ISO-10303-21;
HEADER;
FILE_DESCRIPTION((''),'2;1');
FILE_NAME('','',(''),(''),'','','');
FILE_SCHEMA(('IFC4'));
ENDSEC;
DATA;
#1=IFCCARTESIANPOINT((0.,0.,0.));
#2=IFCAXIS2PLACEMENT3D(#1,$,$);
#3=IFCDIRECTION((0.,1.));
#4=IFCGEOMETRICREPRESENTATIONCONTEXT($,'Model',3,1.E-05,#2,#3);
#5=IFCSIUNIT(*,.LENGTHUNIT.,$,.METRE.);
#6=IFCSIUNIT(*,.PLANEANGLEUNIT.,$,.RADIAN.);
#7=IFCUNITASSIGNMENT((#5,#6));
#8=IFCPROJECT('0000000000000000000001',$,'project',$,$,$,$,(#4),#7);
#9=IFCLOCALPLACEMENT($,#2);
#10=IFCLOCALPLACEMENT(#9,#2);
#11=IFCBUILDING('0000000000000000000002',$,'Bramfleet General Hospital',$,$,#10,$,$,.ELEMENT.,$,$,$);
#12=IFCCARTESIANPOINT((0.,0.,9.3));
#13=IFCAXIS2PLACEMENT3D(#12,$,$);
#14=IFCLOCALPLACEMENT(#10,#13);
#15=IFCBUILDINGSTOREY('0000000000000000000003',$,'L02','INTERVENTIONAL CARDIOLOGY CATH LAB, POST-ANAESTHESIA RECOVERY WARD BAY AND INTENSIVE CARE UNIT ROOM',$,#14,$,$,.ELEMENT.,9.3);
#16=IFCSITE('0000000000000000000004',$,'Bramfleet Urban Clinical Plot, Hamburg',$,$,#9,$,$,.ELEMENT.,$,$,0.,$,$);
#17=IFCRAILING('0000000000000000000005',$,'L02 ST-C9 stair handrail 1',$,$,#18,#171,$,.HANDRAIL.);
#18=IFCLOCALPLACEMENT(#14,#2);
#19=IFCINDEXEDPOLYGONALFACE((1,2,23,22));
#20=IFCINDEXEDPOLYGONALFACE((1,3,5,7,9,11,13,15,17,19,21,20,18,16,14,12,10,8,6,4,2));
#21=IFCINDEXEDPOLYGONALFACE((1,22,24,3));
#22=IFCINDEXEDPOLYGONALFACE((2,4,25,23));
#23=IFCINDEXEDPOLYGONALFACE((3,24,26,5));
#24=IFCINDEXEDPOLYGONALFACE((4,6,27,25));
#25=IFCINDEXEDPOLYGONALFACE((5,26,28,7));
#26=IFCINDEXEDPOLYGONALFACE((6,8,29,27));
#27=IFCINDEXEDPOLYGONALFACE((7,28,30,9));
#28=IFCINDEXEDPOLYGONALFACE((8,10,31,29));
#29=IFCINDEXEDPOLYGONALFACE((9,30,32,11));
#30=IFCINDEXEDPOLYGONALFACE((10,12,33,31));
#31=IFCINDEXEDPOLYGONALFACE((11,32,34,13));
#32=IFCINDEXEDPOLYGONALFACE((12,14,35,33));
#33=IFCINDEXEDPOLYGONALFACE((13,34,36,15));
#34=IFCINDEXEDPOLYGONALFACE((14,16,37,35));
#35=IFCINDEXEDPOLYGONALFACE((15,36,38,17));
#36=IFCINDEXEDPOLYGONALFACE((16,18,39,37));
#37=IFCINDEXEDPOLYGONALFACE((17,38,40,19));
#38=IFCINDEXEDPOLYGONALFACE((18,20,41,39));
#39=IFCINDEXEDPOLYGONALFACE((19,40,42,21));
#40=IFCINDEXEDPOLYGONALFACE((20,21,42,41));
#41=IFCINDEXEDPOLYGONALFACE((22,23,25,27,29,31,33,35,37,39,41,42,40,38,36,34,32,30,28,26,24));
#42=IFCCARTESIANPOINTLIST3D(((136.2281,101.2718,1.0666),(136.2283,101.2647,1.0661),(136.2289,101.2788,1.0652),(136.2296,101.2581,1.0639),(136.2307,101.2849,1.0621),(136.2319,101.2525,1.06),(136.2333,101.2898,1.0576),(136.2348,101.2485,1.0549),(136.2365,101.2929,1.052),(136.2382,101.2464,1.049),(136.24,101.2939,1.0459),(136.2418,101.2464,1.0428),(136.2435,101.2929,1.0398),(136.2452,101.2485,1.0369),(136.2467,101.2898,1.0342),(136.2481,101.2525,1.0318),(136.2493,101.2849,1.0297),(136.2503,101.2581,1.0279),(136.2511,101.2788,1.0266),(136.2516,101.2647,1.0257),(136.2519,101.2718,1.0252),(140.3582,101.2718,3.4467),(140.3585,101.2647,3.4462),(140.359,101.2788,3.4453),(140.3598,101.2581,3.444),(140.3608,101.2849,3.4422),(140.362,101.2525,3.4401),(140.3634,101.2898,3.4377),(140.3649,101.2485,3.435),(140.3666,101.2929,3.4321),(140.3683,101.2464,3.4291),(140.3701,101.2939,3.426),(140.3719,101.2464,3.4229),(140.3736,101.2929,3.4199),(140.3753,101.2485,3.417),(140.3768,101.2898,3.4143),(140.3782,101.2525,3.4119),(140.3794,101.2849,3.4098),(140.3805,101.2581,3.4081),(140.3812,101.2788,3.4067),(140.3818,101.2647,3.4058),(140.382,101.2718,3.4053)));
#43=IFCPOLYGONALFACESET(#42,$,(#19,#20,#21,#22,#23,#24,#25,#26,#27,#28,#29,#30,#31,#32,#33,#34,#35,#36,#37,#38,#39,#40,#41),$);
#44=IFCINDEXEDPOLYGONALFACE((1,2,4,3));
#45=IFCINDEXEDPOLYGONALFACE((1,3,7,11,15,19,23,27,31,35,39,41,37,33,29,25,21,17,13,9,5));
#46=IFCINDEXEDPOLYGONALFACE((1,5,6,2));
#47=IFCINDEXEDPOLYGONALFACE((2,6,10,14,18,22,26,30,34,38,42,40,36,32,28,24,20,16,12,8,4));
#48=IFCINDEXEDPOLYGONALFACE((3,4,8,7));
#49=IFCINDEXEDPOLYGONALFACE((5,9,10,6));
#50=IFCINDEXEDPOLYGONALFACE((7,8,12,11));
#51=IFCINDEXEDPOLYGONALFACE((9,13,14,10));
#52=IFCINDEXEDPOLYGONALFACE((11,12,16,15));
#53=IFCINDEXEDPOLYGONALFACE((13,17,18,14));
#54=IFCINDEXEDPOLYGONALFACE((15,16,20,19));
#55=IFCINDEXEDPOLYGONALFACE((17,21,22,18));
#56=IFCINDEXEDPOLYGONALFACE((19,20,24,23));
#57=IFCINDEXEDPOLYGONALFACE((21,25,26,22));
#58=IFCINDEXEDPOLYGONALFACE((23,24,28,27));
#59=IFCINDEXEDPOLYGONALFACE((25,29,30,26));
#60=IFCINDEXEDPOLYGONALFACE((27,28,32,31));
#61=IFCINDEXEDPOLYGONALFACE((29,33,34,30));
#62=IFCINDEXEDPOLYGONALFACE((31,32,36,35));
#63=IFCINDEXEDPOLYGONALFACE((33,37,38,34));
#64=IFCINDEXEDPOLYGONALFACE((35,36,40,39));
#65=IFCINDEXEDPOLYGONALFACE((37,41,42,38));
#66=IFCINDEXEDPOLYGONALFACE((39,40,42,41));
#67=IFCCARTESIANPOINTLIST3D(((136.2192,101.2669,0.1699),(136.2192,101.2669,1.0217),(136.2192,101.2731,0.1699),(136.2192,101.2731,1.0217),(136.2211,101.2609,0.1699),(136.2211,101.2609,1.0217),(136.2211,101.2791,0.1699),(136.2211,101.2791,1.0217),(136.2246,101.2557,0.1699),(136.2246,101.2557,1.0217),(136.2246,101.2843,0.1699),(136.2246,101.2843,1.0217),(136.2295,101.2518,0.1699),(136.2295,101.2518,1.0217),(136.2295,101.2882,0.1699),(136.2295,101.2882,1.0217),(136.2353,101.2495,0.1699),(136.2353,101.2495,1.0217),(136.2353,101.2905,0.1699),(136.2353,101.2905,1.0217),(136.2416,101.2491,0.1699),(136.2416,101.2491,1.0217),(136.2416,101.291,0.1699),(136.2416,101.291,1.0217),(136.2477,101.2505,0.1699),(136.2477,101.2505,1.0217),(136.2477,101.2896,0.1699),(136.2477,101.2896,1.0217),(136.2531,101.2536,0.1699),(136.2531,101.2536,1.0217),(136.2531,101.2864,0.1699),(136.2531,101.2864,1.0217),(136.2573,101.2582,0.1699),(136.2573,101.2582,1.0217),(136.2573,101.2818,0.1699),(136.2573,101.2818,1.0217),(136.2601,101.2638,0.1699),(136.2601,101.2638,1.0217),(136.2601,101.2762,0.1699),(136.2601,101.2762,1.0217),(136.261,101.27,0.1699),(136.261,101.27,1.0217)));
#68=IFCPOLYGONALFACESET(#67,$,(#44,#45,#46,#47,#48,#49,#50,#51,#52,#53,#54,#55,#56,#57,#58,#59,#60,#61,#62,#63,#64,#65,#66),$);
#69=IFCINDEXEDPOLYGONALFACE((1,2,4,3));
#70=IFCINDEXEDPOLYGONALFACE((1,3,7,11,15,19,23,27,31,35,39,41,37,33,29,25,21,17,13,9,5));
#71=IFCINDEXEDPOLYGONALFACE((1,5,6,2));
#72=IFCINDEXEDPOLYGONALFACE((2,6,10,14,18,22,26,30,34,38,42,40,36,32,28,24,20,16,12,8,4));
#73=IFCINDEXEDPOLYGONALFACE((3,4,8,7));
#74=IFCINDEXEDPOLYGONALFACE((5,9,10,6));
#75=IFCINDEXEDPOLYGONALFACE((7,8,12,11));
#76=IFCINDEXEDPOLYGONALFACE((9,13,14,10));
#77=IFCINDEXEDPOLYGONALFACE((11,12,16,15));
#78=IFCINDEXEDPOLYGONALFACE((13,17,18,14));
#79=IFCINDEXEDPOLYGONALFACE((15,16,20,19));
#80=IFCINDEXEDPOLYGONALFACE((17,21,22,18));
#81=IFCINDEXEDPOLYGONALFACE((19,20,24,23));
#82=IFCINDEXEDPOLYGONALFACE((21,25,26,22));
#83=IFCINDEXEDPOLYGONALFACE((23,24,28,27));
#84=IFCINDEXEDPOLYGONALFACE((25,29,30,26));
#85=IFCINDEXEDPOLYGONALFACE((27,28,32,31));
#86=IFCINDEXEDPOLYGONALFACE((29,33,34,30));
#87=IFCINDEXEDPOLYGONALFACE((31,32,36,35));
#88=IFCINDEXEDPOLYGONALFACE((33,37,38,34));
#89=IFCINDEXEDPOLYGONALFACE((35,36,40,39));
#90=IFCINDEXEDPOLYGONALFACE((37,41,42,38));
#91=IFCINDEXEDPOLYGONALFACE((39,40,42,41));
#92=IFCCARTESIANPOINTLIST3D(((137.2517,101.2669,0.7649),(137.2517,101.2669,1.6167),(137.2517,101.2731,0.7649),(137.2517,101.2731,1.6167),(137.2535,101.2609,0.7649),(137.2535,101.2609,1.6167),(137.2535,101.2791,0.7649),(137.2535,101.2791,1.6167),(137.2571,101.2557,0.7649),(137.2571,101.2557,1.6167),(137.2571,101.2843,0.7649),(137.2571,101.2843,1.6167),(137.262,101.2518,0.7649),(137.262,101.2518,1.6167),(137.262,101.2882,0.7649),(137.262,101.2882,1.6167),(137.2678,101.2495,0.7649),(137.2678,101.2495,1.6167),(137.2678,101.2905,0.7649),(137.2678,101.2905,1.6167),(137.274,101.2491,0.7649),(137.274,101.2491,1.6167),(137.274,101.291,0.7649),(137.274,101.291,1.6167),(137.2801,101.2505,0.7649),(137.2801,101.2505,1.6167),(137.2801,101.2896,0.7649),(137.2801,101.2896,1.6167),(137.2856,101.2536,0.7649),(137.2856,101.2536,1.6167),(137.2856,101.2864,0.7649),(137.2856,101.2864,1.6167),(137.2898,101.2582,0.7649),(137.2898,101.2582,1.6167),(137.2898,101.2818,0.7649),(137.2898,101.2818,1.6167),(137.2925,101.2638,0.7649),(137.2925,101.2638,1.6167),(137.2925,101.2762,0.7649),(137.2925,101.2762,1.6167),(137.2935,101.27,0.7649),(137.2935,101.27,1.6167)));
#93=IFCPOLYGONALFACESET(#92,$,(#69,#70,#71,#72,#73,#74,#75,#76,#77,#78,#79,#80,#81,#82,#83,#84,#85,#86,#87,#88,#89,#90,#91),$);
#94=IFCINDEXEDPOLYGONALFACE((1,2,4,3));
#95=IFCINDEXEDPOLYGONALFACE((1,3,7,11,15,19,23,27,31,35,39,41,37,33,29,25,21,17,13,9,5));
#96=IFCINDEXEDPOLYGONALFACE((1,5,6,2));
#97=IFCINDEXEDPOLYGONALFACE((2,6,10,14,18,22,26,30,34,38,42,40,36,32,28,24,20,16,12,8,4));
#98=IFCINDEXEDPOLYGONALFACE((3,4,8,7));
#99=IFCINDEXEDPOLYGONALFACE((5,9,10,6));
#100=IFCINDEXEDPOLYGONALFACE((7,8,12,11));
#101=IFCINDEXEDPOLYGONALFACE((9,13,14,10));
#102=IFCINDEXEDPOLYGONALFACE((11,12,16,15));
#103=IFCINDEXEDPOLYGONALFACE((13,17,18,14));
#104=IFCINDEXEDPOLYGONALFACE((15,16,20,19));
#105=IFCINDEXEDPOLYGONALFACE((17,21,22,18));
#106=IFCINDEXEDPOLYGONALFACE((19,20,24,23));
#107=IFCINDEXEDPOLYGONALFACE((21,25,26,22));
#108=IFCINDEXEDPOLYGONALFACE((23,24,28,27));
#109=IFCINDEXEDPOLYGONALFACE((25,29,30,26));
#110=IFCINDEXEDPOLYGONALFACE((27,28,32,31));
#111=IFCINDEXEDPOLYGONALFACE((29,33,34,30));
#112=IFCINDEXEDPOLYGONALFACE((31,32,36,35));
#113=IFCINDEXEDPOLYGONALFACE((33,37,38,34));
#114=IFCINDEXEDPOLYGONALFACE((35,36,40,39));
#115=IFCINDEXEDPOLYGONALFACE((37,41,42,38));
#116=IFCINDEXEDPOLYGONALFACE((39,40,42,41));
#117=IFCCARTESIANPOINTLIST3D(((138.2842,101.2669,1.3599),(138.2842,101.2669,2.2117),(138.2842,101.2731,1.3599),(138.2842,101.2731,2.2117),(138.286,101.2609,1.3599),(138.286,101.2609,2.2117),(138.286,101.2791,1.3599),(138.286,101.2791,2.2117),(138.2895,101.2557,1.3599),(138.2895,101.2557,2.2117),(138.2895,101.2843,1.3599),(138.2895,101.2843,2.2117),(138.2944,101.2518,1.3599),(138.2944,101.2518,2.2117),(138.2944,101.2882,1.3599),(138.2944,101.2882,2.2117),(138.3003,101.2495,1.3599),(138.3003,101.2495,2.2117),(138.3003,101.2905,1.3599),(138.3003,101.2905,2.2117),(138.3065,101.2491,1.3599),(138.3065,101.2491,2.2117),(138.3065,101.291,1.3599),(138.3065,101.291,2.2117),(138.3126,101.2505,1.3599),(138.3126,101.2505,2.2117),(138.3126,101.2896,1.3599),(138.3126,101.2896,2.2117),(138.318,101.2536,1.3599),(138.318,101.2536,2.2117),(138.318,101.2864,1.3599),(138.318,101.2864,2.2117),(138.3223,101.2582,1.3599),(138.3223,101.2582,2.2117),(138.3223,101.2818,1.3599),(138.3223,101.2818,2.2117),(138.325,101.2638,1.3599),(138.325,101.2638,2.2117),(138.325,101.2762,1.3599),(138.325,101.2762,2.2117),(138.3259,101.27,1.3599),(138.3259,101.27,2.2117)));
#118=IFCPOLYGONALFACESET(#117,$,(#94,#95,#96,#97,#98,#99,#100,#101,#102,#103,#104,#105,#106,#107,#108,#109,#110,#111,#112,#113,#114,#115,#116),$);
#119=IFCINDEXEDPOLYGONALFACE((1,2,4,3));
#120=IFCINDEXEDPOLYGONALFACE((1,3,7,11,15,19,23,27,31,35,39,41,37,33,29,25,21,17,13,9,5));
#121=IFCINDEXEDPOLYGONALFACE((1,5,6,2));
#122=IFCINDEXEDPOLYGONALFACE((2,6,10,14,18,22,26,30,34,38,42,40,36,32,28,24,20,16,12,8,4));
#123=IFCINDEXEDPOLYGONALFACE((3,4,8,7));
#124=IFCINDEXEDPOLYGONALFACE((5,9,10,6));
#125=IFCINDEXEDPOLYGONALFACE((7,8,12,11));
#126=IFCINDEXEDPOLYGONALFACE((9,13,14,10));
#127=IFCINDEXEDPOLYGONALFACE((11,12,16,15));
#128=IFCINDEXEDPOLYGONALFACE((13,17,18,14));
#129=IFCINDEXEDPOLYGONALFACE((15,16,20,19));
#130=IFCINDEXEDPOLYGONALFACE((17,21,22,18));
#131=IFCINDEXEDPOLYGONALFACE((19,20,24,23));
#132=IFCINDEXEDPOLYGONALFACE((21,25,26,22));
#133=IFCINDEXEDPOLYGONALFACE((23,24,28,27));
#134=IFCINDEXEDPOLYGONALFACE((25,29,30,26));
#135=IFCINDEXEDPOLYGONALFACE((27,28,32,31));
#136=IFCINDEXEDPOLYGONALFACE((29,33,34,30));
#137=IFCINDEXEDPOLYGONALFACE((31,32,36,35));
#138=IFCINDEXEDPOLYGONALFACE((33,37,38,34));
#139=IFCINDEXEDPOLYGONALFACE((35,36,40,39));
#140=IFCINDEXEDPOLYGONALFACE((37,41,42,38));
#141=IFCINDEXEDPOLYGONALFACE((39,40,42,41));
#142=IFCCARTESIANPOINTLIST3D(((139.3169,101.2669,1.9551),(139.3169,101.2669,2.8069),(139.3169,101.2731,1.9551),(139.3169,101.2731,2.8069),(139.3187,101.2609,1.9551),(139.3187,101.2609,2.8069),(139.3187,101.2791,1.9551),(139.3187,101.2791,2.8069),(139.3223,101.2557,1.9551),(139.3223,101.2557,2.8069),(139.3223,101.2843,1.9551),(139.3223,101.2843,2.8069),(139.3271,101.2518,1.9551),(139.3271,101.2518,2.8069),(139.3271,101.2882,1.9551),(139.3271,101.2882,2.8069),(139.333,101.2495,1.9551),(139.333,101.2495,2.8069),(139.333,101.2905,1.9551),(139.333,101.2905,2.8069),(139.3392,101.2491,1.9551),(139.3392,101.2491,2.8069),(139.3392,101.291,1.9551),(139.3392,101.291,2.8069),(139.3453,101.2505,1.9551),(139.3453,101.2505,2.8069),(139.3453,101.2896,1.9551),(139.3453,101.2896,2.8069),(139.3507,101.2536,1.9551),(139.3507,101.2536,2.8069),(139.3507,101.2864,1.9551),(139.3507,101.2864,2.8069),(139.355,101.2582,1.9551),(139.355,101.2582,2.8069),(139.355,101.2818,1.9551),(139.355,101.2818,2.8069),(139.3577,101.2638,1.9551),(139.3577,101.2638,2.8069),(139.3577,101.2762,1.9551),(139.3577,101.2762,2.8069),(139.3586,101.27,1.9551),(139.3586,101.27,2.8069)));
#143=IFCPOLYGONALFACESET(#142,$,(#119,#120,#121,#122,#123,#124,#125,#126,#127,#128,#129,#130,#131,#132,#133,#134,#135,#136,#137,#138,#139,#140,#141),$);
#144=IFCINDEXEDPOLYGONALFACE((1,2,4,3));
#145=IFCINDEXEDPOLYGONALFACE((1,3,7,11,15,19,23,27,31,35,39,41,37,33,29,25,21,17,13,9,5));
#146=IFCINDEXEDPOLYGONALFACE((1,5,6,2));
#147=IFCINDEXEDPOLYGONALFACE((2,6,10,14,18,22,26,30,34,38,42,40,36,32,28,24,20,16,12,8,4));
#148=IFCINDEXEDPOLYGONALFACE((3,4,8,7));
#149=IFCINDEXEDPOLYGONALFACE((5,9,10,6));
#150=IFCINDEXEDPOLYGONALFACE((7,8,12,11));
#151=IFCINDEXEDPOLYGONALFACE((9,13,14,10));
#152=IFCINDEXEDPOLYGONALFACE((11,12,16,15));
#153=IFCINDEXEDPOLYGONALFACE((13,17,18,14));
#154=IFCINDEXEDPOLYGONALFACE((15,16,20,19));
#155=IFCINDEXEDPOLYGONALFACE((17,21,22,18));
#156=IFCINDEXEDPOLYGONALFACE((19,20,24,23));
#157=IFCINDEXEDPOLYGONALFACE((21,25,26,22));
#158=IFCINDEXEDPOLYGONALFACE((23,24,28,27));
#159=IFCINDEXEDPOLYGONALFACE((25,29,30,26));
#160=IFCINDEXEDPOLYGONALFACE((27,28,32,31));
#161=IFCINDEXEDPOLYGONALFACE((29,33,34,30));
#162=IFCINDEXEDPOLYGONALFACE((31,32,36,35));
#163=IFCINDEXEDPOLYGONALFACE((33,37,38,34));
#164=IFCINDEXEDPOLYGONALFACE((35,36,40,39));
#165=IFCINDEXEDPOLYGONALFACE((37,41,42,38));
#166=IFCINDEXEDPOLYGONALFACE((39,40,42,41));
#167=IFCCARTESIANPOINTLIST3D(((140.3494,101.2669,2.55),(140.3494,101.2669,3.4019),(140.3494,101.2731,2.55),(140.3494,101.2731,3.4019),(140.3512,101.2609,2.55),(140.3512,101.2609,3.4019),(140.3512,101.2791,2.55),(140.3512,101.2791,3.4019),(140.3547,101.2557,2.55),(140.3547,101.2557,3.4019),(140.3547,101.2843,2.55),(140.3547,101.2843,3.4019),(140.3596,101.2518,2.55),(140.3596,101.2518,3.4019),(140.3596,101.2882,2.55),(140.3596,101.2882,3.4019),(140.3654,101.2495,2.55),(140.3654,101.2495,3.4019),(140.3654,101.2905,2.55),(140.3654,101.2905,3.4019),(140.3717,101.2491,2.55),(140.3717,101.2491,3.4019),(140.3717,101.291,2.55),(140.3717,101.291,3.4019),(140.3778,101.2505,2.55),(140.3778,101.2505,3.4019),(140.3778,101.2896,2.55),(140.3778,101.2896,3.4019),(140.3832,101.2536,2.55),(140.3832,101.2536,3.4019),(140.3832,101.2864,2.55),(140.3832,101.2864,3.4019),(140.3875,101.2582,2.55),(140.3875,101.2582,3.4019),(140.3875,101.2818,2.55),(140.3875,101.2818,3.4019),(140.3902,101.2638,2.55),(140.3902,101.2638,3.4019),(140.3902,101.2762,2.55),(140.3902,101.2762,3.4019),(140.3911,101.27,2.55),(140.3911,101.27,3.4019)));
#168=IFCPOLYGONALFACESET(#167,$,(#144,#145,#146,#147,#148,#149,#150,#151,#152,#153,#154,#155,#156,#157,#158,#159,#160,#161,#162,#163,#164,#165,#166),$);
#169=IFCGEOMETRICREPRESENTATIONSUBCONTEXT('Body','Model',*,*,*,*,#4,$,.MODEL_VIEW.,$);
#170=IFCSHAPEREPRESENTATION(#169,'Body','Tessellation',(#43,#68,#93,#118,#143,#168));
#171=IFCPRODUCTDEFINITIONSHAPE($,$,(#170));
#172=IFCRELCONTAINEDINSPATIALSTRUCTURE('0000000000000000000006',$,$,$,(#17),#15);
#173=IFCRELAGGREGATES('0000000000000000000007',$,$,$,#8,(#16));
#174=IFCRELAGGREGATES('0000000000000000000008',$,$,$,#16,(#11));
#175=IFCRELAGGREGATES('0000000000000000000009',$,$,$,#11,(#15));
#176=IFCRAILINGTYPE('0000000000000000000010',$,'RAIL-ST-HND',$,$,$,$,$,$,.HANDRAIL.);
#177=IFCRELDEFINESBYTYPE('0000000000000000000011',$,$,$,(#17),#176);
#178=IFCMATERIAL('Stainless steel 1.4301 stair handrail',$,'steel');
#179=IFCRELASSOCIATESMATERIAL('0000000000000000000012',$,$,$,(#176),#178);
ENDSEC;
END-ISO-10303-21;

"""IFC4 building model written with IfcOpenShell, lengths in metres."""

from ifc_helpers import new_model, si_unit, direction, frame, origin, origin_2d, place, context, subcontext, project, spatial, circle, extrude, material, type_object, element, save


model = new_model("IFC4")

# Units and contexts
model_context = context("Model", 3, precision=1e-05, world=origin(), true_north=direction((0.0, 1.0)))
body_context = subcontext(model_context, "Body", "Model", "MODEL_VIEW")
ifc_project = project(units=[si_unit("LENGTHUNIT", "METRE"), si_unit("PLANEANGLEUNIT", "RADIAN")], contexts=[model_context])

# Site, building, storey
site_placement = place(None, origin())
site = spatial("IfcSite", under=ifc_project, at=site_placement, Name="Bramfleet Urban Clinical Plot, Hamburg", CompositionType="ELEMENT", RefElevation=0.0)
building_placement = place(site_placement, origin())
building = spatial("IfcBuilding", under=site, at=building_placement, Name="Bramfleet General Hospital", CompositionType="ELEMENT")
storey_placement = place(building_placement, frame((0.0, 0.0, 9.3)))
storey = spatial("IfcBuildingStorey", under=building, at=storey_placement, Name="L02", Description="INTERVENTIONAL CARDIOLOGY CATH LAB, POST-ANAESTHESIA RECOVERY WARD BAY AND INTENSIVE CARE UNIT ROOM", CompositionType="ELEMENT", Elevation=9.3)

# Railing
ifc_material_1 = material(Name="Stainless steel 1.4301 stair handrail", Category="steel")
railing_type = type_object("IfcRailingType", Name="RAIL-ST-HND", PredefinedType="HANDRAIL", material=ifc_material_1)
railing_placement = place(storey_placement, frame((136.24, 101.27, 0.1699)))
element("IfcRailing", 1, at=railing_placement, inside=storey, type_object=railing_type, Name="L02 ST-C9 stair handrail 1", PredefinedType="HANDRAIL", context=body_context, shape_type="SweptSolid", body=[
    extrude(circle(Radius=0.0239, at=origin_2d()), frame((0.0, 0.0, 0.876), z_axis=(0.866425, 0.0, 0.499307), x_axis=(0.0, 1.0, 0.0)), (0.0, 0.0, 1.0), 4.7668),
    extrude(circle(Radius=0.021, at=origin_2d()), origin(), (0.0, 0.0, 1.0), 0.8518),
    extrude(circle(Radius=0.021, at=origin_2d()), frame((1.0325, 0.0, 0.595)), (0.0, 0.0, 1.0), 0.8518),
    extrude(circle(Radius=0.021, at=origin_2d()), frame((2.0649, 0.0, 1.1899)), (0.0, 0.0, 1.0), 0.8518),
    extrude(circle(Radius=0.021, at=origin_2d()), frame((3.0977, 0.0, 1.7852)), (0.0, 0.0, 1.0), 0.8518),
    extrude(circle(Radius=0.021, at=origin_2d()), frame((4.1301, 0.0, 2.3801)), (0.0, 0.0, 1.0), 0.8518),
])

save(model, "model.ifc")
